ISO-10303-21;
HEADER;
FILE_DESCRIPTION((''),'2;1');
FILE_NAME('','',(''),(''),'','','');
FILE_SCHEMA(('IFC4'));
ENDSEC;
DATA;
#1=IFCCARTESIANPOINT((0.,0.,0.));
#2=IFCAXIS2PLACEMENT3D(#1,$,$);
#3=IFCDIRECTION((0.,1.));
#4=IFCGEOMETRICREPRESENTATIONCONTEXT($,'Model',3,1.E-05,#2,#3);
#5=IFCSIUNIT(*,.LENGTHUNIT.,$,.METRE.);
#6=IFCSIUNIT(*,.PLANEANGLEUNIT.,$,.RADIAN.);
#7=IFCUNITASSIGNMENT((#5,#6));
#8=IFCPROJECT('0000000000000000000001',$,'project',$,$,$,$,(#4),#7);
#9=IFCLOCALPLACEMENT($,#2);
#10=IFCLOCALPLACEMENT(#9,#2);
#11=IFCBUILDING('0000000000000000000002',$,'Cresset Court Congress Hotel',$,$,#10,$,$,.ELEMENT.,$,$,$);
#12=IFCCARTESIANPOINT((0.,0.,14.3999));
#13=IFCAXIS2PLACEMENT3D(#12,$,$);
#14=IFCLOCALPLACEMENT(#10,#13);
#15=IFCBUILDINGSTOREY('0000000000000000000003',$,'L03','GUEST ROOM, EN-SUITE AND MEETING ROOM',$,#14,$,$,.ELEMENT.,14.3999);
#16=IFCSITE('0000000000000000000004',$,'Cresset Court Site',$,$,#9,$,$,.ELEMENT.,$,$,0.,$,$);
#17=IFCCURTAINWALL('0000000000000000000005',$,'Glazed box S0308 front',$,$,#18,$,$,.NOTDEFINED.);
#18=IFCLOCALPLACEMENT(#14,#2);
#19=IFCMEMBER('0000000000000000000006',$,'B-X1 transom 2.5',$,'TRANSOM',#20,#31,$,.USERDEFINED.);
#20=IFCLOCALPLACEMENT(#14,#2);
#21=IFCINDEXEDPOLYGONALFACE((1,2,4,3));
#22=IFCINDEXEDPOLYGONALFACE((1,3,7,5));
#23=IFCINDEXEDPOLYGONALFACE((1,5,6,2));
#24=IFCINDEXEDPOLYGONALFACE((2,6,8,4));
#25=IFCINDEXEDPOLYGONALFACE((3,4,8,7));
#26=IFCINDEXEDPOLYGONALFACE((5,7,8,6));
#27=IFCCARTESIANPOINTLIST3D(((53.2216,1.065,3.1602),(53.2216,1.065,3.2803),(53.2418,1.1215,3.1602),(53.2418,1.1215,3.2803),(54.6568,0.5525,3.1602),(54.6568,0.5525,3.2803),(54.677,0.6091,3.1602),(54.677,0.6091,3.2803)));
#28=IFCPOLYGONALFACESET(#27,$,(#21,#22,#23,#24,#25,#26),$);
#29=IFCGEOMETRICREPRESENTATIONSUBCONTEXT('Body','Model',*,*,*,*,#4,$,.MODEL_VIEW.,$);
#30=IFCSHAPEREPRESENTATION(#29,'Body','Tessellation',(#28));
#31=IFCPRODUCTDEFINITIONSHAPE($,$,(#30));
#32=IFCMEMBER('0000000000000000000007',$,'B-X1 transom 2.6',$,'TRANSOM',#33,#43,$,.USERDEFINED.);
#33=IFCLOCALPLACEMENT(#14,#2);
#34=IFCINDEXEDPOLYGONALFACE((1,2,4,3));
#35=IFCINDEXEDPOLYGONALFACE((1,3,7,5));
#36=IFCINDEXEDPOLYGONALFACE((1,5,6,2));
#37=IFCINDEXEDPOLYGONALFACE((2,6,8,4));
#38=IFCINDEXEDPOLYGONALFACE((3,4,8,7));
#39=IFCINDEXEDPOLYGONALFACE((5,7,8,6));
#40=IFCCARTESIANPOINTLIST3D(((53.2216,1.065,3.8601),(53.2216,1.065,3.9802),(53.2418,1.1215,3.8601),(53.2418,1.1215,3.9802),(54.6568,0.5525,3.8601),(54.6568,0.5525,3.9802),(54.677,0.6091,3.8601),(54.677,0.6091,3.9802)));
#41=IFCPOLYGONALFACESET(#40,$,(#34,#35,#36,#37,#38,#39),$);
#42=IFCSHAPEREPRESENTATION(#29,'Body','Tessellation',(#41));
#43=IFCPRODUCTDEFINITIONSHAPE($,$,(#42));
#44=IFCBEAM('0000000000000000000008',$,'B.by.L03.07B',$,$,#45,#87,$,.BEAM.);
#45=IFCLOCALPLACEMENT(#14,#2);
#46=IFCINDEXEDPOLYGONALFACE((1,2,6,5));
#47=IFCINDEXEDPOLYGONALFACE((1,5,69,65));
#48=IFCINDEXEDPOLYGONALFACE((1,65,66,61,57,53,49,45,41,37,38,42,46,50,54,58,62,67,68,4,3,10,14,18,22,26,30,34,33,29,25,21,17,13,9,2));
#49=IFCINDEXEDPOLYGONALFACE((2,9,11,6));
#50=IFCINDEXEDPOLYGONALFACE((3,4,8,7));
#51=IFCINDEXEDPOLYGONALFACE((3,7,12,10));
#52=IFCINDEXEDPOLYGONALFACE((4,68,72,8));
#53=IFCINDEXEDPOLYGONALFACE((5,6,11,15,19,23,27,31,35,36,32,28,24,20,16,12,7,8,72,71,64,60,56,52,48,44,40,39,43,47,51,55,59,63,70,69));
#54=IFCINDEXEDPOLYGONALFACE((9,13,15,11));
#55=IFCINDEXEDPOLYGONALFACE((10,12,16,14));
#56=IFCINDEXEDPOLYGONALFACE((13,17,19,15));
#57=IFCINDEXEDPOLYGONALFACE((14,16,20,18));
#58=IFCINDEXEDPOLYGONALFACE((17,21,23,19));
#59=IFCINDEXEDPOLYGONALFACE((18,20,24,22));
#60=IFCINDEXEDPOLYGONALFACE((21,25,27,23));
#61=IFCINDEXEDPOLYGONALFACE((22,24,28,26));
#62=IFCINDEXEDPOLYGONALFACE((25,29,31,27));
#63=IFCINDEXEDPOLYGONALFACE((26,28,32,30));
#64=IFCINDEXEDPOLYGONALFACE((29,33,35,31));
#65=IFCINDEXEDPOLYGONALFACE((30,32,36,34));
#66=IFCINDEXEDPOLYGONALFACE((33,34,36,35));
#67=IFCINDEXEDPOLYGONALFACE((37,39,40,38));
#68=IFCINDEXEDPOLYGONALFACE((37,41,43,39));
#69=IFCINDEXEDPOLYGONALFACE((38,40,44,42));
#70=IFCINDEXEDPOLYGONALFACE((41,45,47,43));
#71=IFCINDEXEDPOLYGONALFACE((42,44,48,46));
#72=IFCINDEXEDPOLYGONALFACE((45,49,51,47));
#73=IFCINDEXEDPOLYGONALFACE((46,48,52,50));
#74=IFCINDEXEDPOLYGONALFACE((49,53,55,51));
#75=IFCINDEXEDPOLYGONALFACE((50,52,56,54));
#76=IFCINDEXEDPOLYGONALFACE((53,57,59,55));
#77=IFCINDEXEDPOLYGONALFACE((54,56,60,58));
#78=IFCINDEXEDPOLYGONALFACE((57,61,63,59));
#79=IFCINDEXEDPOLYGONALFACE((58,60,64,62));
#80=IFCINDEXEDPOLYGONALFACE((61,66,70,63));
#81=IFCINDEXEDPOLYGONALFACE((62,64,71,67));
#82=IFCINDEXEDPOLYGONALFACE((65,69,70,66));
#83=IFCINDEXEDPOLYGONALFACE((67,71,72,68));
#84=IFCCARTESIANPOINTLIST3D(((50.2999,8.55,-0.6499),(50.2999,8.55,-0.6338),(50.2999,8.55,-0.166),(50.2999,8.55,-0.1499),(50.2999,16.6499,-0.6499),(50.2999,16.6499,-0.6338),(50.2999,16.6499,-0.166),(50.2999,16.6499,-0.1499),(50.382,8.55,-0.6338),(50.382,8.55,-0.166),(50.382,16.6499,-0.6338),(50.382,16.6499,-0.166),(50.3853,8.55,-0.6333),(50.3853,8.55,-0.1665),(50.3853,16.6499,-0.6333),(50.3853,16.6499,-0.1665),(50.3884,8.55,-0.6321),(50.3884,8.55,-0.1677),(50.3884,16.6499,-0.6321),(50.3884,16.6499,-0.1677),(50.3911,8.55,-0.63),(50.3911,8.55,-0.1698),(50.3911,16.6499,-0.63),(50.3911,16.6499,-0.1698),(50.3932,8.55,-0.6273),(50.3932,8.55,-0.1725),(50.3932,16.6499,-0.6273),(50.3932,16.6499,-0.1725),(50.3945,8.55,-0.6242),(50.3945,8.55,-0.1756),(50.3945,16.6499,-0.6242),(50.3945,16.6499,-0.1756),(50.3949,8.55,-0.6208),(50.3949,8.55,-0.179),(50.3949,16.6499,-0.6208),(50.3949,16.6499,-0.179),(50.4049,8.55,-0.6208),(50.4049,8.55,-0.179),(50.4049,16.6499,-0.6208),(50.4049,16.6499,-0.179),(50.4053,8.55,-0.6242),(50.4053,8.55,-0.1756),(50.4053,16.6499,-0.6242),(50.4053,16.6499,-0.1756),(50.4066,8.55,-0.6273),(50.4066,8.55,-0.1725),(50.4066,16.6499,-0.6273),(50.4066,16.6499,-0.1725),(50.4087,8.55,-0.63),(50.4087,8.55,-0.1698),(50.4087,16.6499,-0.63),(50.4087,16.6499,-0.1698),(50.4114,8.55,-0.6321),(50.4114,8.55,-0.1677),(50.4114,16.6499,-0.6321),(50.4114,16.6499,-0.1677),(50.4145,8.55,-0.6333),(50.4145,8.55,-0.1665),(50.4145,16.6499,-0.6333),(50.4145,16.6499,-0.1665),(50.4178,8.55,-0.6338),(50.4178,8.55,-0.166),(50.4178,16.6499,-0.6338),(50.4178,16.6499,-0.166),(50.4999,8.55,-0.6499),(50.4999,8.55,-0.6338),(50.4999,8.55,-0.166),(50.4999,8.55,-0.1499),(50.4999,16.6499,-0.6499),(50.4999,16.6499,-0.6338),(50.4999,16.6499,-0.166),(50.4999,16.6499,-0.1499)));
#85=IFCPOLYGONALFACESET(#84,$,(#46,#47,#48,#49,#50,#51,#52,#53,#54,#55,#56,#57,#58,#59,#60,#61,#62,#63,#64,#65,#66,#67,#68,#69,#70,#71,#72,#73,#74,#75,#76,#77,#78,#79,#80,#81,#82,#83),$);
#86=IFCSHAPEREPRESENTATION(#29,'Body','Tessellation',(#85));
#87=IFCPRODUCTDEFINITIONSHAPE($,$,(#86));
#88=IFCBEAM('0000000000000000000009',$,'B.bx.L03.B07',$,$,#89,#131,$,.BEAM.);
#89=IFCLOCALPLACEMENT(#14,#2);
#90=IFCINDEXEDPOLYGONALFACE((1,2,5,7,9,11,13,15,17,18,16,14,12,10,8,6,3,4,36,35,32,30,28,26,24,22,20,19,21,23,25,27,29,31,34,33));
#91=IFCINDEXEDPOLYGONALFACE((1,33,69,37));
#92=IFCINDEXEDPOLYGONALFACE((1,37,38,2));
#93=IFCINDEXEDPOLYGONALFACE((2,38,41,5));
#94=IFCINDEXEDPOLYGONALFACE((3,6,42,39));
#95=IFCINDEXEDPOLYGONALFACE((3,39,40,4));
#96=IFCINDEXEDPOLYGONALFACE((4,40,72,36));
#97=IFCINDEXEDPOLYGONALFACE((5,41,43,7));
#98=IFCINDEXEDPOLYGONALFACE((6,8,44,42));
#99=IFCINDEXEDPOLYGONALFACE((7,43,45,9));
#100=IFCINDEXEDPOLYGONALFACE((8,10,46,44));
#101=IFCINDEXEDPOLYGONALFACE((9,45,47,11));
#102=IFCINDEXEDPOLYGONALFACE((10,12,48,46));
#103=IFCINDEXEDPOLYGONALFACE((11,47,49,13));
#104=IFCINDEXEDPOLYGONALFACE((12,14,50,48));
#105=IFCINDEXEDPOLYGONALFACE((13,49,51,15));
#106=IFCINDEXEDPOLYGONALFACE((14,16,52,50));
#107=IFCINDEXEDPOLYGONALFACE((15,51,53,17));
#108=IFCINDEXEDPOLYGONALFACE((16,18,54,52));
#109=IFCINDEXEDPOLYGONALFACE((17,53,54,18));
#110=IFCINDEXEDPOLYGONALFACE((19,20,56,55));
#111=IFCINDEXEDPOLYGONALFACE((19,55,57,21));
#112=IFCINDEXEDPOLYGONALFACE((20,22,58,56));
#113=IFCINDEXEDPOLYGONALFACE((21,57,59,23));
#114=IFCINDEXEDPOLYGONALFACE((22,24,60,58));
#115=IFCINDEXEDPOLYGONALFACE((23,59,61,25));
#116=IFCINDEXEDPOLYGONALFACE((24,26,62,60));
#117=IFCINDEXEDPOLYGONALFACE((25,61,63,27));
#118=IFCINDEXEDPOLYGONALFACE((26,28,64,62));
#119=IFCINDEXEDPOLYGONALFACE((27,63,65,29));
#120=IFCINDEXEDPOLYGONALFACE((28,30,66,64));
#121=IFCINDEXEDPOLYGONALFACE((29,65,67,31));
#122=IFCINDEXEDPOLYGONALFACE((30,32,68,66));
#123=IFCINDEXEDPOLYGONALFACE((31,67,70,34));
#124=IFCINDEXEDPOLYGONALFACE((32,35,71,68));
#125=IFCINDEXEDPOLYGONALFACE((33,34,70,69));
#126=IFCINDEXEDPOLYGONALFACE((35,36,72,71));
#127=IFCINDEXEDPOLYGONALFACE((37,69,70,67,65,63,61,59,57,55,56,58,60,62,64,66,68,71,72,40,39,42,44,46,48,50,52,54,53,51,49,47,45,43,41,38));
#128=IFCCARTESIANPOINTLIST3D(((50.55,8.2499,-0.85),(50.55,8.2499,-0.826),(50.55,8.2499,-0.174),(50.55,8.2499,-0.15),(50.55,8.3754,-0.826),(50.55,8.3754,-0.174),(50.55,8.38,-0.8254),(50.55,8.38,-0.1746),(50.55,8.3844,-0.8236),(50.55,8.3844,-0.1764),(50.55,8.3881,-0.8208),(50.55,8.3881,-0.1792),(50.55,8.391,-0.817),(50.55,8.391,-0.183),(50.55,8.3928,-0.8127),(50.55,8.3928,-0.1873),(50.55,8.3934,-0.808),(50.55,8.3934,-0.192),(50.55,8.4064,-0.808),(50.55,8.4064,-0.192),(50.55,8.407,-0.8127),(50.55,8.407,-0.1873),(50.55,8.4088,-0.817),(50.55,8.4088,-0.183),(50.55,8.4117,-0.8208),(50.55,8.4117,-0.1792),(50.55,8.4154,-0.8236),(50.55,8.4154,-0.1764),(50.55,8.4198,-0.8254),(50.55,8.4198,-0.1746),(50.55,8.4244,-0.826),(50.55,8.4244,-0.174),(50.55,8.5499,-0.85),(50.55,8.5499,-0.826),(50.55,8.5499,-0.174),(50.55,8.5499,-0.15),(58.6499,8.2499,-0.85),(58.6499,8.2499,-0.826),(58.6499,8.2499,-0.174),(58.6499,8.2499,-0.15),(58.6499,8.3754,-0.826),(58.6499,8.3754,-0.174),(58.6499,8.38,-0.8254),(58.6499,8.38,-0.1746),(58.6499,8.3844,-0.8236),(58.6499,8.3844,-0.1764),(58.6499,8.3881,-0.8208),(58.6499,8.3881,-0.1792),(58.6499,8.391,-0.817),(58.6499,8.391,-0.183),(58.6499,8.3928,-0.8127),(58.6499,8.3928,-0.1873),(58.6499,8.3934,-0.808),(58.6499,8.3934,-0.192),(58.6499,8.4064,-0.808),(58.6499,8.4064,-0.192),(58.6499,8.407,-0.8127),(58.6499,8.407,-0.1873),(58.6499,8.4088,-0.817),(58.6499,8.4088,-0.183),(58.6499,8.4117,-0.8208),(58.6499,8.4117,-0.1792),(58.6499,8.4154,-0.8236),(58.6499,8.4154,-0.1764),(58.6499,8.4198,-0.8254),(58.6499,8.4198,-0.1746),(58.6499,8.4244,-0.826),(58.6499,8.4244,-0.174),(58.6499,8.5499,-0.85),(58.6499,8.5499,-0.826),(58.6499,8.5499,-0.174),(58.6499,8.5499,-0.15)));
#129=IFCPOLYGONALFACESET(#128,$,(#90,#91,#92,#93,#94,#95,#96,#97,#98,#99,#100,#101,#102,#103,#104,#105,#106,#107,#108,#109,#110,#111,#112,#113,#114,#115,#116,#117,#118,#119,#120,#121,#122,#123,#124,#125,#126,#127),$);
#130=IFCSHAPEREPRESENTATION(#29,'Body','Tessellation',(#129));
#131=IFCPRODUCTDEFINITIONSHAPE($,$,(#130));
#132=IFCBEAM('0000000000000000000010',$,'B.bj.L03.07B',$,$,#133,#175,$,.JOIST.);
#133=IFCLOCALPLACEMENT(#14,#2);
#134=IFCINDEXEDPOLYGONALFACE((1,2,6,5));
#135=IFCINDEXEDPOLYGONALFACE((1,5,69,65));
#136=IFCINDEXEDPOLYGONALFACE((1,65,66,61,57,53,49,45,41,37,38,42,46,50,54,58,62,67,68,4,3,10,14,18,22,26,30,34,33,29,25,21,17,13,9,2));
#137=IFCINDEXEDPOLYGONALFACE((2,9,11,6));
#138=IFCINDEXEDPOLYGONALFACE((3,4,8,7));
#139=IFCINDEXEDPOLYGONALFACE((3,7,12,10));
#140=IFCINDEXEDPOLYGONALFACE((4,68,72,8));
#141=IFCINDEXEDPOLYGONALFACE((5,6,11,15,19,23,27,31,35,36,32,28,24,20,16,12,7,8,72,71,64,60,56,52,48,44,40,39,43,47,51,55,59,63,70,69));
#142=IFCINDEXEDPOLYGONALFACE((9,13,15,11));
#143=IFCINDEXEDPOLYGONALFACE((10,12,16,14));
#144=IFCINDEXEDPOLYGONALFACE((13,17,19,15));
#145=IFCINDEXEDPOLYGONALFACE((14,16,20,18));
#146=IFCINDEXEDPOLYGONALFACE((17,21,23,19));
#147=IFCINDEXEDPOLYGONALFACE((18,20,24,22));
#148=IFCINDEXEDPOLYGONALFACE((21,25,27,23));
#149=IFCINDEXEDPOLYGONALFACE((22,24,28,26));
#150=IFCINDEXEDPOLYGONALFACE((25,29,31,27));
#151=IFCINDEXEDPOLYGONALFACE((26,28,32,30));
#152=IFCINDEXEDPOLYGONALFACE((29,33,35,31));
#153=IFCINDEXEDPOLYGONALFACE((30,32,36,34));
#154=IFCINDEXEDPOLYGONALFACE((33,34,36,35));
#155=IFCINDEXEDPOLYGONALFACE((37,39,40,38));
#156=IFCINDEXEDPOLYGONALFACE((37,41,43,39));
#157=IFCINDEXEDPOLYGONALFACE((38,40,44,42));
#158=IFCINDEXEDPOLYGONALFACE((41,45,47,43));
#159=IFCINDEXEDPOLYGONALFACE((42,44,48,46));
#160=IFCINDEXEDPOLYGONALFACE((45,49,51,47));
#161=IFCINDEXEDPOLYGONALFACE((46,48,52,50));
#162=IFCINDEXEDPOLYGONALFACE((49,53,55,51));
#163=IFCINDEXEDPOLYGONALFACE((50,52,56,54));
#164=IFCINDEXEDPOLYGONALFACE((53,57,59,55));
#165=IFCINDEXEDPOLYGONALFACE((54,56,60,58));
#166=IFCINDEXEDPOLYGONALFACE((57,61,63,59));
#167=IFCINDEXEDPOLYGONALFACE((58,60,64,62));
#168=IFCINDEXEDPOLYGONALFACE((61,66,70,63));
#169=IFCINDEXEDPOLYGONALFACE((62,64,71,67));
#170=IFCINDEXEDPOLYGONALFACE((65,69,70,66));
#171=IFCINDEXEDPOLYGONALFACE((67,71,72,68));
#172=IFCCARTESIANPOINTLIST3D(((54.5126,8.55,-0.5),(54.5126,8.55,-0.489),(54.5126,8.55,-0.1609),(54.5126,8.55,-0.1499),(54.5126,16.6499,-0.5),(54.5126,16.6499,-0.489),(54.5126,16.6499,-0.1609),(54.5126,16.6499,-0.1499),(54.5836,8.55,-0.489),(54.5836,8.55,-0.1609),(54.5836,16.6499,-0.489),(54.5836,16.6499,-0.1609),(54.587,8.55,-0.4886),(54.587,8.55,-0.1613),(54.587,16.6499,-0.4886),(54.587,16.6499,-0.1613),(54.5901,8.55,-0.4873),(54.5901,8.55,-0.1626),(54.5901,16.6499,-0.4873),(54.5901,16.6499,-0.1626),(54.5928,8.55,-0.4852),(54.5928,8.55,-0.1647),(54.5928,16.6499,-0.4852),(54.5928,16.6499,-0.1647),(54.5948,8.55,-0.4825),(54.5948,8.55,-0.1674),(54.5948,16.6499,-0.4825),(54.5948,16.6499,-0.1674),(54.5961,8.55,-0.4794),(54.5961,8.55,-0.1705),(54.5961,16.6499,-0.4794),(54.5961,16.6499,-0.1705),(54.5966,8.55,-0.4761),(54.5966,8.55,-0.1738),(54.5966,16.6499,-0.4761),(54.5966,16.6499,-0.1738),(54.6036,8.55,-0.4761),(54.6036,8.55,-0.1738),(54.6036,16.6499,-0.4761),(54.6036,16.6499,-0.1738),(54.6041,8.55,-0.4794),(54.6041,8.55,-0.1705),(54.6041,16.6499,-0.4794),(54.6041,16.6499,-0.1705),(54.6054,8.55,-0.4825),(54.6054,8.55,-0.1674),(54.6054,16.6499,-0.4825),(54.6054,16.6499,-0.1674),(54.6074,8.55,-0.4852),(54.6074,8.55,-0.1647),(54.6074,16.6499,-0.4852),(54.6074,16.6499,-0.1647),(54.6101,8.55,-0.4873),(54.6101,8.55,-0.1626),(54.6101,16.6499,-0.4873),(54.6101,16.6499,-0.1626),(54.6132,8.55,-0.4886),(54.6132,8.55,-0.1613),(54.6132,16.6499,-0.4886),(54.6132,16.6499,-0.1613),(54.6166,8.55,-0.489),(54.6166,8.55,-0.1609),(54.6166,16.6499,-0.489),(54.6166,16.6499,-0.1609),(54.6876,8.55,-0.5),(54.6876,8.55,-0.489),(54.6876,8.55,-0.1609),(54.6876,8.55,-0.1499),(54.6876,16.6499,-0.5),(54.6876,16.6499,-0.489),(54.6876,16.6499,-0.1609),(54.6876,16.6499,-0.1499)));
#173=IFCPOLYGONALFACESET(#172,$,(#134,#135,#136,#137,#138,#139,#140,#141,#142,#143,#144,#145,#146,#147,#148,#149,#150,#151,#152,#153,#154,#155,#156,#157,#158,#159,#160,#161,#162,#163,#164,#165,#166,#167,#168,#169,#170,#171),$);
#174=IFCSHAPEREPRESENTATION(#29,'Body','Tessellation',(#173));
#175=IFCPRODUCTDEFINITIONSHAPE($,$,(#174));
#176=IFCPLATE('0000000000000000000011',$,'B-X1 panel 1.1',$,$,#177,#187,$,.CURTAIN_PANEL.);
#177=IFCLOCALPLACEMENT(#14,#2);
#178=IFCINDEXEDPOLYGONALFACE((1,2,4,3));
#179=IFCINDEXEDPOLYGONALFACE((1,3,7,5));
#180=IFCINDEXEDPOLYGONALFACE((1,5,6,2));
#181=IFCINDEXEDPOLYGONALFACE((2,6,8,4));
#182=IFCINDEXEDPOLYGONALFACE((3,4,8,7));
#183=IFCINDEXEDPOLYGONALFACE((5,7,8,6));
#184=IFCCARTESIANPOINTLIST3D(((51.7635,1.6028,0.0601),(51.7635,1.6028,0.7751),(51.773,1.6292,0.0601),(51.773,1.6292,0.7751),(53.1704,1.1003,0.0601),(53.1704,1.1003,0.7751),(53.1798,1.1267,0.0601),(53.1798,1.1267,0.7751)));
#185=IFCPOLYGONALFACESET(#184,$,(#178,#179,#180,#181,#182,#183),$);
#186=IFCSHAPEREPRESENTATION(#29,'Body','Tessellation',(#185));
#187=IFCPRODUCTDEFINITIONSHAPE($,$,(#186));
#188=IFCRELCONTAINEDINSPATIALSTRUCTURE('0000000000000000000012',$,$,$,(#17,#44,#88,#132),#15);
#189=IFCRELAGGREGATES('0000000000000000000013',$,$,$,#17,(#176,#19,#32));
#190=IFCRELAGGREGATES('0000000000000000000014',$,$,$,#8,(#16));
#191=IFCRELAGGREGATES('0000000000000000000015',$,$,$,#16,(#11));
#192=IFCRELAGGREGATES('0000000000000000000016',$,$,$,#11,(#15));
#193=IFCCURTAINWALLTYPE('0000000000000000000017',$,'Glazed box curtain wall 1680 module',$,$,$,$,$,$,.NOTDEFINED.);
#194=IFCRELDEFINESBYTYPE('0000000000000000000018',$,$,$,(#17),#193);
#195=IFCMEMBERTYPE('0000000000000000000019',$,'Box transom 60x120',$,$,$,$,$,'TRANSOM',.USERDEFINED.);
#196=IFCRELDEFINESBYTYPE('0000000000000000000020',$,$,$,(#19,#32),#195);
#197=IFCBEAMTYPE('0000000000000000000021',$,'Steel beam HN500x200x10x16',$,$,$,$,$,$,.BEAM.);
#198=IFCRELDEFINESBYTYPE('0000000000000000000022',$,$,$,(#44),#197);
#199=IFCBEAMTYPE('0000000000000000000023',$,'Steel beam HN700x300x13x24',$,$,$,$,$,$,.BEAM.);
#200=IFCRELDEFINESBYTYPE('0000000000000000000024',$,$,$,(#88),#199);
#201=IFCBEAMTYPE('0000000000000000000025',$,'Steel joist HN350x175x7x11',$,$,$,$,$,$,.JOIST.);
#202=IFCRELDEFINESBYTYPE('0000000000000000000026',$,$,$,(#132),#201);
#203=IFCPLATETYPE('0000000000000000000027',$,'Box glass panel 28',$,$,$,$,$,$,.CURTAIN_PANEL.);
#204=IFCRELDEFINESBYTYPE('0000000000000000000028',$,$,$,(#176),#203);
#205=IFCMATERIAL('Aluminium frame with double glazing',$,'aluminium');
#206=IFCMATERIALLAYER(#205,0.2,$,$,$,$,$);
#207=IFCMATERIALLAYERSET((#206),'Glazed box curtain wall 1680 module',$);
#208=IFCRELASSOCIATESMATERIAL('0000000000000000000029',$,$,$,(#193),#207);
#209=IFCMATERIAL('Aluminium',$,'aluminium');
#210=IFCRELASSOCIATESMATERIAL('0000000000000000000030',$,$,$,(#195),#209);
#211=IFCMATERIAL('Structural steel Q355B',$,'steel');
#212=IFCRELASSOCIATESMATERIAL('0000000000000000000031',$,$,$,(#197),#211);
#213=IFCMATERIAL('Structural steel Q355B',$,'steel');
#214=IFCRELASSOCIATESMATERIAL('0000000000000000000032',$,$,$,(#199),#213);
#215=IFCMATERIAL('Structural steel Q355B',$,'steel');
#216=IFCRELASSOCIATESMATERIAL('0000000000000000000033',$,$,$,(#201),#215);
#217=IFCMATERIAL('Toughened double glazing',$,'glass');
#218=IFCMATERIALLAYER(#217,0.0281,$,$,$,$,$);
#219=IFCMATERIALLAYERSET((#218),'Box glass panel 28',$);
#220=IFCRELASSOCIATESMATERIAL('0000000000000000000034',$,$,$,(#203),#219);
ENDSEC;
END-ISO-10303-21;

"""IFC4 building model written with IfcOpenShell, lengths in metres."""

from ifc_helpers import new_model, si_unit, direction, frame, origin, origin_2d, place, context, subcontext, project, spatial, rectangle, i_section, extrude, material, layer, layer_set, material_profile, profile_set, type_object, element, aggregate, save


model = new_model("IFC4")

# Units and contexts
model_context = context("Model", 3, precision=1e-05, world=origin(), true_north=direction((0.0, 1.0)))
body_context = subcontext(model_context, "Body", "Model", "MODEL_VIEW")
ifc_project = project(units=[si_unit("LENGTHUNIT", "METRE"), si_unit("PLANEANGLEUNIT", "RADIAN")], contexts=[model_context])

# Site, building, storey
site_placement = place(None, origin())
site = spatial("IfcSite", under=ifc_project, at=site_placement, Name="Cresset Court Site", CompositionType="ELEMENT", RefElevation=0.0)
building_placement = place(site_placement, origin())
building = spatial("IfcBuilding", under=site, at=building_placement, Name="Cresset Court Congress Hotel", CompositionType="ELEMENT")
storey_placement = place(building_placement, frame((0.0, 0.0, 14.3999)))
storey = spatial("IfcBuildingStorey", under=building, at=storey_placement, Name="L03", Description="GUEST ROOM, EN-SUITE AND MEETING ROOM", CompositionType="ELEMENT", Elevation=14.3999)

# Curtain wall
ifc_material_1 = material(Name="Aluminium frame with double glazing", Category="aluminium")
ifc_layer_1 = layer(ifc_material_1, 0.2)
ifc_layer_set_1 = layer_set([ifc_layer_1], Name="Glazed box curtain wall 1680 module")
curtain_wall_type = type_object("IfcCurtainWallType", Name="Glazed box curtain wall 1680 module", PredefinedType="NOTDEFINED", material=ifc_layer_set_1)
curtain_wall_1_placement = place(storey_placement, origin())
curtain_wall_1 = element("IfcCurtainWall", 1, at=curtain_wall_1_placement, inside=storey, type_object=curtain_wall_type, Name="Glazed box S0308 front", PredefinedType="NOTDEFINED")

# Members
ifc_material_2 = material(Name="Aluminium", Category="aluminium")
ifc_material_profile_1 = material_profile(ifc_material_2, rectangle(XDim=0.0601, YDim=0.1201, at=origin_2d()), Name="Box transom 60x120")
ifc_profile_set_1 = profile_set([ifc_material_profile_1], Name="Aluminium")
member_type_1 = type_object("IfcMemberType", Name="Box transom 60x120", ElementType="TRANSOM", PredefinedType="USERDEFINED", material=ifc_profile_set_1)
member_1_placement = place(storey_placement, frame((53.2317, 1.0933, 3.2202), z_axis=(0.941756, -0.336296, 0.0), x_axis=(0.336296, 0.941756, 0.0)))
member_1 = element("IfcMember", 2, at=member_1_placement, type_object=member_type_1, Name="B-X1 transom 2.5", ObjectType="TRANSOM", PredefinedType="USERDEFINED", context=body_context, shape_type="SweptSolid", body=[
    extrude(rectangle(XDim=0.0601, YDim=0.1201, at=origin_2d()), origin(), (0.0, 0.0, 1.0), 1.5239),
])
member_2_placement = place(storey_placement, frame((53.2317, 1.0933, 3.9202), z_axis=(0.941756, -0.336296, 0.0), x_axis=(0.336296, 0.941756, 0.0)))
member_2 = element("IfcMember", 3, at=member_2_placement, type_object=member_type_1, Name="B-X1 transom 2.6", ObjectType="TRANSOM", PredefinedType="USERDEFINED", context=body_context, shape_type="SweptSolid", body=[
    extrude(rectangle(XDim=0.0601, YDim=0.1201, at=origin_2d()), origin(), (0.0, 0.0, 1.0), 1.5239),
])

# Beams
ifc_material_3 = material(Name="Structural steel Q355B", Category="steel")
ifc_material_profile_2 = material_profile(ifc_material_3, i_section(OverallWidth=0.2, OverallDepth=0.5, WebThickness=0.01, FlangeThickness=0.0161, FilletRadius=0.0129, at=origin_2d()), Name="HN500x200x10x16")
ifc_profile_set_2 = profile_set([ifc_material_profile_2], Name="Structural steel Q355B")
beam_type_1 = type_object("IfcBeamType", Name="Steel beam HN500x200x10x16", PredefinedType="BEAM", material=ifc_profile_set_2)
beam_1_placement = place(storey_placement, frame((50.3999, 8.55, -0.3999), z_axis=(0.0, 1.0, 0.0), x_axis=(-1.0, 0.0, 0.0)))
element("IfcBeam", 4, at=beam_1_placement, inside=storey, type_object=beam_type_1, Name="B.by.L03.07B", PredefinedType="BEAM", context=body_context, shape_type="SweptSolid", body=[
    extrude(i_section(OverallWidth=0.2, OverallDepth=0.5, WebThickness=0.01, FlangeThickness=0.0161, FilletRadius=0.0129, at=origin_2d()), origin(), (0.0, 0.0, 1.0), 8.0999),
])
ifc_material_4 = material(Name="Structural steel Q355B", Category="steel")
ifc_material_profile_3 = material_profile(ifc_material_4, i_section(OverallWidth=0.3, OverallDepth=0.7, WebThickness=0.0129, FlangeThickness=0.0239, FilletRadius=0.0181, at=origin_2d()), Name="HN700x300x13x24")
ifc_profile_set_3 = profile_set([ifc_material_profile_3], Name="Structural steel Q355B")
beam_type_2 = type_object("IfcBeamType", Name="Steel beam HN700x300x13x24", PredefinedType="BEAM", material=ifc_profile_set_3)
beam_2_placement = place(storey_placement, frame((50.55, 8.3999, -0.5), z_axis=(1.0, 0.0, 0.0), x_axis=(0.0, 1.0, 0.0)))
element("IfcBeam", 5, at=beam_2_placement, inside=storey, type_object=beam_type_2, Name="B.bx.L03.B07", PredefinedType="BEAM", context=body_context, shape_type="SweptSolid", body=[
    extrude(i_section(OverallWidth=0.3, OverallDepth=0.7, WebThickness=0.0129, FlangeThickness=0.0239, FilletRadius=0.0181, at=origin_2d()), origin(), (0.0, 0.0, 1.0), 8.0999),
])
ifc_material_5 = material(Name="Structural steel Q355B", Category="steel")
ifc_material_profile_4 = material_profile(ifc_material_5, i_section(OverallWidth=0.175, OverallDepth=0.3501, WebThickness=0.0071, FlangeThickness=0.011, FilletRadius=0.0129, at=origin_2d()), Name="HN350x175x7x11")
ifc_profile_set_4 = profile_set([ifc_material_profile_4], Name="Structural steel Q355B")
beam_type_3 = type_object("IfcBeamType", Name="Steel joist HN350x175x7x11", PredefinedType="JOIST", material=ifc_profile_set_4)
beam_3_placement = place(storey_placement, frame((54.6001, 8.55, -0.325), z_axis=(0.0, 1.0, 0.0), x_axis=(-1.0, 0.0, 0.0)))
element("IfcBeam", 6, at=beam_3_placement, inside=storey, type_object=beam_type_3, Name="B.bj.L03.07B", PredefinedType="JOIST", context=body_context, shape_type="SweptSolid", body=[
    extrude(i_section(OverallWidth=0.175, OverallDepth=0.3501, WebThickness=0.0071, FlangeThickness=0.011, FilletRadius=0.0129, at=origin_2d()), origin(), (0.0, 0.0, 1.0), 8.0999),
])

# Plate
ifc_material_6 = material(Name="Toughened double glazing", Category="glass")
ifc_layer_2 = layer(ifc_material_6, 0.0281)
ifc_layer_set_2 = layer_set([ifc_layer_2], Name="Box glass panel 28")
plate_type_1 = type_object("IfcPlateType", Name="Box glass panel 28", PredefinedType="CURTAIN_PANEL", material=ifc_layer_set_2)
plate_1_placement = place(storey_placement, frame((52.4717, 1.3647, 0.0601), z_axis=(0.0, 0.0, 1.0), x_axis=(0.941742, -0.336336, 0.0)))
plate_1 = element("IfcPlate", 7, at=plate_1_placement, type_object=plate_type_1, Name="B-X1 panel 1.1", PredefinedType="CURTAIN_PANEL", context=body_context, shape_type="SweptSolid", body=[
    extrude(rectangle(XDim=1.4939, YDim=0.0281, at=origin_2d()), origin(), (0.0, 0.0, 1.0), 0.7151),
])
aggregate(curtain_wall_1, [plate_1, member_1, member_2])

save(model, "model.ifc")
